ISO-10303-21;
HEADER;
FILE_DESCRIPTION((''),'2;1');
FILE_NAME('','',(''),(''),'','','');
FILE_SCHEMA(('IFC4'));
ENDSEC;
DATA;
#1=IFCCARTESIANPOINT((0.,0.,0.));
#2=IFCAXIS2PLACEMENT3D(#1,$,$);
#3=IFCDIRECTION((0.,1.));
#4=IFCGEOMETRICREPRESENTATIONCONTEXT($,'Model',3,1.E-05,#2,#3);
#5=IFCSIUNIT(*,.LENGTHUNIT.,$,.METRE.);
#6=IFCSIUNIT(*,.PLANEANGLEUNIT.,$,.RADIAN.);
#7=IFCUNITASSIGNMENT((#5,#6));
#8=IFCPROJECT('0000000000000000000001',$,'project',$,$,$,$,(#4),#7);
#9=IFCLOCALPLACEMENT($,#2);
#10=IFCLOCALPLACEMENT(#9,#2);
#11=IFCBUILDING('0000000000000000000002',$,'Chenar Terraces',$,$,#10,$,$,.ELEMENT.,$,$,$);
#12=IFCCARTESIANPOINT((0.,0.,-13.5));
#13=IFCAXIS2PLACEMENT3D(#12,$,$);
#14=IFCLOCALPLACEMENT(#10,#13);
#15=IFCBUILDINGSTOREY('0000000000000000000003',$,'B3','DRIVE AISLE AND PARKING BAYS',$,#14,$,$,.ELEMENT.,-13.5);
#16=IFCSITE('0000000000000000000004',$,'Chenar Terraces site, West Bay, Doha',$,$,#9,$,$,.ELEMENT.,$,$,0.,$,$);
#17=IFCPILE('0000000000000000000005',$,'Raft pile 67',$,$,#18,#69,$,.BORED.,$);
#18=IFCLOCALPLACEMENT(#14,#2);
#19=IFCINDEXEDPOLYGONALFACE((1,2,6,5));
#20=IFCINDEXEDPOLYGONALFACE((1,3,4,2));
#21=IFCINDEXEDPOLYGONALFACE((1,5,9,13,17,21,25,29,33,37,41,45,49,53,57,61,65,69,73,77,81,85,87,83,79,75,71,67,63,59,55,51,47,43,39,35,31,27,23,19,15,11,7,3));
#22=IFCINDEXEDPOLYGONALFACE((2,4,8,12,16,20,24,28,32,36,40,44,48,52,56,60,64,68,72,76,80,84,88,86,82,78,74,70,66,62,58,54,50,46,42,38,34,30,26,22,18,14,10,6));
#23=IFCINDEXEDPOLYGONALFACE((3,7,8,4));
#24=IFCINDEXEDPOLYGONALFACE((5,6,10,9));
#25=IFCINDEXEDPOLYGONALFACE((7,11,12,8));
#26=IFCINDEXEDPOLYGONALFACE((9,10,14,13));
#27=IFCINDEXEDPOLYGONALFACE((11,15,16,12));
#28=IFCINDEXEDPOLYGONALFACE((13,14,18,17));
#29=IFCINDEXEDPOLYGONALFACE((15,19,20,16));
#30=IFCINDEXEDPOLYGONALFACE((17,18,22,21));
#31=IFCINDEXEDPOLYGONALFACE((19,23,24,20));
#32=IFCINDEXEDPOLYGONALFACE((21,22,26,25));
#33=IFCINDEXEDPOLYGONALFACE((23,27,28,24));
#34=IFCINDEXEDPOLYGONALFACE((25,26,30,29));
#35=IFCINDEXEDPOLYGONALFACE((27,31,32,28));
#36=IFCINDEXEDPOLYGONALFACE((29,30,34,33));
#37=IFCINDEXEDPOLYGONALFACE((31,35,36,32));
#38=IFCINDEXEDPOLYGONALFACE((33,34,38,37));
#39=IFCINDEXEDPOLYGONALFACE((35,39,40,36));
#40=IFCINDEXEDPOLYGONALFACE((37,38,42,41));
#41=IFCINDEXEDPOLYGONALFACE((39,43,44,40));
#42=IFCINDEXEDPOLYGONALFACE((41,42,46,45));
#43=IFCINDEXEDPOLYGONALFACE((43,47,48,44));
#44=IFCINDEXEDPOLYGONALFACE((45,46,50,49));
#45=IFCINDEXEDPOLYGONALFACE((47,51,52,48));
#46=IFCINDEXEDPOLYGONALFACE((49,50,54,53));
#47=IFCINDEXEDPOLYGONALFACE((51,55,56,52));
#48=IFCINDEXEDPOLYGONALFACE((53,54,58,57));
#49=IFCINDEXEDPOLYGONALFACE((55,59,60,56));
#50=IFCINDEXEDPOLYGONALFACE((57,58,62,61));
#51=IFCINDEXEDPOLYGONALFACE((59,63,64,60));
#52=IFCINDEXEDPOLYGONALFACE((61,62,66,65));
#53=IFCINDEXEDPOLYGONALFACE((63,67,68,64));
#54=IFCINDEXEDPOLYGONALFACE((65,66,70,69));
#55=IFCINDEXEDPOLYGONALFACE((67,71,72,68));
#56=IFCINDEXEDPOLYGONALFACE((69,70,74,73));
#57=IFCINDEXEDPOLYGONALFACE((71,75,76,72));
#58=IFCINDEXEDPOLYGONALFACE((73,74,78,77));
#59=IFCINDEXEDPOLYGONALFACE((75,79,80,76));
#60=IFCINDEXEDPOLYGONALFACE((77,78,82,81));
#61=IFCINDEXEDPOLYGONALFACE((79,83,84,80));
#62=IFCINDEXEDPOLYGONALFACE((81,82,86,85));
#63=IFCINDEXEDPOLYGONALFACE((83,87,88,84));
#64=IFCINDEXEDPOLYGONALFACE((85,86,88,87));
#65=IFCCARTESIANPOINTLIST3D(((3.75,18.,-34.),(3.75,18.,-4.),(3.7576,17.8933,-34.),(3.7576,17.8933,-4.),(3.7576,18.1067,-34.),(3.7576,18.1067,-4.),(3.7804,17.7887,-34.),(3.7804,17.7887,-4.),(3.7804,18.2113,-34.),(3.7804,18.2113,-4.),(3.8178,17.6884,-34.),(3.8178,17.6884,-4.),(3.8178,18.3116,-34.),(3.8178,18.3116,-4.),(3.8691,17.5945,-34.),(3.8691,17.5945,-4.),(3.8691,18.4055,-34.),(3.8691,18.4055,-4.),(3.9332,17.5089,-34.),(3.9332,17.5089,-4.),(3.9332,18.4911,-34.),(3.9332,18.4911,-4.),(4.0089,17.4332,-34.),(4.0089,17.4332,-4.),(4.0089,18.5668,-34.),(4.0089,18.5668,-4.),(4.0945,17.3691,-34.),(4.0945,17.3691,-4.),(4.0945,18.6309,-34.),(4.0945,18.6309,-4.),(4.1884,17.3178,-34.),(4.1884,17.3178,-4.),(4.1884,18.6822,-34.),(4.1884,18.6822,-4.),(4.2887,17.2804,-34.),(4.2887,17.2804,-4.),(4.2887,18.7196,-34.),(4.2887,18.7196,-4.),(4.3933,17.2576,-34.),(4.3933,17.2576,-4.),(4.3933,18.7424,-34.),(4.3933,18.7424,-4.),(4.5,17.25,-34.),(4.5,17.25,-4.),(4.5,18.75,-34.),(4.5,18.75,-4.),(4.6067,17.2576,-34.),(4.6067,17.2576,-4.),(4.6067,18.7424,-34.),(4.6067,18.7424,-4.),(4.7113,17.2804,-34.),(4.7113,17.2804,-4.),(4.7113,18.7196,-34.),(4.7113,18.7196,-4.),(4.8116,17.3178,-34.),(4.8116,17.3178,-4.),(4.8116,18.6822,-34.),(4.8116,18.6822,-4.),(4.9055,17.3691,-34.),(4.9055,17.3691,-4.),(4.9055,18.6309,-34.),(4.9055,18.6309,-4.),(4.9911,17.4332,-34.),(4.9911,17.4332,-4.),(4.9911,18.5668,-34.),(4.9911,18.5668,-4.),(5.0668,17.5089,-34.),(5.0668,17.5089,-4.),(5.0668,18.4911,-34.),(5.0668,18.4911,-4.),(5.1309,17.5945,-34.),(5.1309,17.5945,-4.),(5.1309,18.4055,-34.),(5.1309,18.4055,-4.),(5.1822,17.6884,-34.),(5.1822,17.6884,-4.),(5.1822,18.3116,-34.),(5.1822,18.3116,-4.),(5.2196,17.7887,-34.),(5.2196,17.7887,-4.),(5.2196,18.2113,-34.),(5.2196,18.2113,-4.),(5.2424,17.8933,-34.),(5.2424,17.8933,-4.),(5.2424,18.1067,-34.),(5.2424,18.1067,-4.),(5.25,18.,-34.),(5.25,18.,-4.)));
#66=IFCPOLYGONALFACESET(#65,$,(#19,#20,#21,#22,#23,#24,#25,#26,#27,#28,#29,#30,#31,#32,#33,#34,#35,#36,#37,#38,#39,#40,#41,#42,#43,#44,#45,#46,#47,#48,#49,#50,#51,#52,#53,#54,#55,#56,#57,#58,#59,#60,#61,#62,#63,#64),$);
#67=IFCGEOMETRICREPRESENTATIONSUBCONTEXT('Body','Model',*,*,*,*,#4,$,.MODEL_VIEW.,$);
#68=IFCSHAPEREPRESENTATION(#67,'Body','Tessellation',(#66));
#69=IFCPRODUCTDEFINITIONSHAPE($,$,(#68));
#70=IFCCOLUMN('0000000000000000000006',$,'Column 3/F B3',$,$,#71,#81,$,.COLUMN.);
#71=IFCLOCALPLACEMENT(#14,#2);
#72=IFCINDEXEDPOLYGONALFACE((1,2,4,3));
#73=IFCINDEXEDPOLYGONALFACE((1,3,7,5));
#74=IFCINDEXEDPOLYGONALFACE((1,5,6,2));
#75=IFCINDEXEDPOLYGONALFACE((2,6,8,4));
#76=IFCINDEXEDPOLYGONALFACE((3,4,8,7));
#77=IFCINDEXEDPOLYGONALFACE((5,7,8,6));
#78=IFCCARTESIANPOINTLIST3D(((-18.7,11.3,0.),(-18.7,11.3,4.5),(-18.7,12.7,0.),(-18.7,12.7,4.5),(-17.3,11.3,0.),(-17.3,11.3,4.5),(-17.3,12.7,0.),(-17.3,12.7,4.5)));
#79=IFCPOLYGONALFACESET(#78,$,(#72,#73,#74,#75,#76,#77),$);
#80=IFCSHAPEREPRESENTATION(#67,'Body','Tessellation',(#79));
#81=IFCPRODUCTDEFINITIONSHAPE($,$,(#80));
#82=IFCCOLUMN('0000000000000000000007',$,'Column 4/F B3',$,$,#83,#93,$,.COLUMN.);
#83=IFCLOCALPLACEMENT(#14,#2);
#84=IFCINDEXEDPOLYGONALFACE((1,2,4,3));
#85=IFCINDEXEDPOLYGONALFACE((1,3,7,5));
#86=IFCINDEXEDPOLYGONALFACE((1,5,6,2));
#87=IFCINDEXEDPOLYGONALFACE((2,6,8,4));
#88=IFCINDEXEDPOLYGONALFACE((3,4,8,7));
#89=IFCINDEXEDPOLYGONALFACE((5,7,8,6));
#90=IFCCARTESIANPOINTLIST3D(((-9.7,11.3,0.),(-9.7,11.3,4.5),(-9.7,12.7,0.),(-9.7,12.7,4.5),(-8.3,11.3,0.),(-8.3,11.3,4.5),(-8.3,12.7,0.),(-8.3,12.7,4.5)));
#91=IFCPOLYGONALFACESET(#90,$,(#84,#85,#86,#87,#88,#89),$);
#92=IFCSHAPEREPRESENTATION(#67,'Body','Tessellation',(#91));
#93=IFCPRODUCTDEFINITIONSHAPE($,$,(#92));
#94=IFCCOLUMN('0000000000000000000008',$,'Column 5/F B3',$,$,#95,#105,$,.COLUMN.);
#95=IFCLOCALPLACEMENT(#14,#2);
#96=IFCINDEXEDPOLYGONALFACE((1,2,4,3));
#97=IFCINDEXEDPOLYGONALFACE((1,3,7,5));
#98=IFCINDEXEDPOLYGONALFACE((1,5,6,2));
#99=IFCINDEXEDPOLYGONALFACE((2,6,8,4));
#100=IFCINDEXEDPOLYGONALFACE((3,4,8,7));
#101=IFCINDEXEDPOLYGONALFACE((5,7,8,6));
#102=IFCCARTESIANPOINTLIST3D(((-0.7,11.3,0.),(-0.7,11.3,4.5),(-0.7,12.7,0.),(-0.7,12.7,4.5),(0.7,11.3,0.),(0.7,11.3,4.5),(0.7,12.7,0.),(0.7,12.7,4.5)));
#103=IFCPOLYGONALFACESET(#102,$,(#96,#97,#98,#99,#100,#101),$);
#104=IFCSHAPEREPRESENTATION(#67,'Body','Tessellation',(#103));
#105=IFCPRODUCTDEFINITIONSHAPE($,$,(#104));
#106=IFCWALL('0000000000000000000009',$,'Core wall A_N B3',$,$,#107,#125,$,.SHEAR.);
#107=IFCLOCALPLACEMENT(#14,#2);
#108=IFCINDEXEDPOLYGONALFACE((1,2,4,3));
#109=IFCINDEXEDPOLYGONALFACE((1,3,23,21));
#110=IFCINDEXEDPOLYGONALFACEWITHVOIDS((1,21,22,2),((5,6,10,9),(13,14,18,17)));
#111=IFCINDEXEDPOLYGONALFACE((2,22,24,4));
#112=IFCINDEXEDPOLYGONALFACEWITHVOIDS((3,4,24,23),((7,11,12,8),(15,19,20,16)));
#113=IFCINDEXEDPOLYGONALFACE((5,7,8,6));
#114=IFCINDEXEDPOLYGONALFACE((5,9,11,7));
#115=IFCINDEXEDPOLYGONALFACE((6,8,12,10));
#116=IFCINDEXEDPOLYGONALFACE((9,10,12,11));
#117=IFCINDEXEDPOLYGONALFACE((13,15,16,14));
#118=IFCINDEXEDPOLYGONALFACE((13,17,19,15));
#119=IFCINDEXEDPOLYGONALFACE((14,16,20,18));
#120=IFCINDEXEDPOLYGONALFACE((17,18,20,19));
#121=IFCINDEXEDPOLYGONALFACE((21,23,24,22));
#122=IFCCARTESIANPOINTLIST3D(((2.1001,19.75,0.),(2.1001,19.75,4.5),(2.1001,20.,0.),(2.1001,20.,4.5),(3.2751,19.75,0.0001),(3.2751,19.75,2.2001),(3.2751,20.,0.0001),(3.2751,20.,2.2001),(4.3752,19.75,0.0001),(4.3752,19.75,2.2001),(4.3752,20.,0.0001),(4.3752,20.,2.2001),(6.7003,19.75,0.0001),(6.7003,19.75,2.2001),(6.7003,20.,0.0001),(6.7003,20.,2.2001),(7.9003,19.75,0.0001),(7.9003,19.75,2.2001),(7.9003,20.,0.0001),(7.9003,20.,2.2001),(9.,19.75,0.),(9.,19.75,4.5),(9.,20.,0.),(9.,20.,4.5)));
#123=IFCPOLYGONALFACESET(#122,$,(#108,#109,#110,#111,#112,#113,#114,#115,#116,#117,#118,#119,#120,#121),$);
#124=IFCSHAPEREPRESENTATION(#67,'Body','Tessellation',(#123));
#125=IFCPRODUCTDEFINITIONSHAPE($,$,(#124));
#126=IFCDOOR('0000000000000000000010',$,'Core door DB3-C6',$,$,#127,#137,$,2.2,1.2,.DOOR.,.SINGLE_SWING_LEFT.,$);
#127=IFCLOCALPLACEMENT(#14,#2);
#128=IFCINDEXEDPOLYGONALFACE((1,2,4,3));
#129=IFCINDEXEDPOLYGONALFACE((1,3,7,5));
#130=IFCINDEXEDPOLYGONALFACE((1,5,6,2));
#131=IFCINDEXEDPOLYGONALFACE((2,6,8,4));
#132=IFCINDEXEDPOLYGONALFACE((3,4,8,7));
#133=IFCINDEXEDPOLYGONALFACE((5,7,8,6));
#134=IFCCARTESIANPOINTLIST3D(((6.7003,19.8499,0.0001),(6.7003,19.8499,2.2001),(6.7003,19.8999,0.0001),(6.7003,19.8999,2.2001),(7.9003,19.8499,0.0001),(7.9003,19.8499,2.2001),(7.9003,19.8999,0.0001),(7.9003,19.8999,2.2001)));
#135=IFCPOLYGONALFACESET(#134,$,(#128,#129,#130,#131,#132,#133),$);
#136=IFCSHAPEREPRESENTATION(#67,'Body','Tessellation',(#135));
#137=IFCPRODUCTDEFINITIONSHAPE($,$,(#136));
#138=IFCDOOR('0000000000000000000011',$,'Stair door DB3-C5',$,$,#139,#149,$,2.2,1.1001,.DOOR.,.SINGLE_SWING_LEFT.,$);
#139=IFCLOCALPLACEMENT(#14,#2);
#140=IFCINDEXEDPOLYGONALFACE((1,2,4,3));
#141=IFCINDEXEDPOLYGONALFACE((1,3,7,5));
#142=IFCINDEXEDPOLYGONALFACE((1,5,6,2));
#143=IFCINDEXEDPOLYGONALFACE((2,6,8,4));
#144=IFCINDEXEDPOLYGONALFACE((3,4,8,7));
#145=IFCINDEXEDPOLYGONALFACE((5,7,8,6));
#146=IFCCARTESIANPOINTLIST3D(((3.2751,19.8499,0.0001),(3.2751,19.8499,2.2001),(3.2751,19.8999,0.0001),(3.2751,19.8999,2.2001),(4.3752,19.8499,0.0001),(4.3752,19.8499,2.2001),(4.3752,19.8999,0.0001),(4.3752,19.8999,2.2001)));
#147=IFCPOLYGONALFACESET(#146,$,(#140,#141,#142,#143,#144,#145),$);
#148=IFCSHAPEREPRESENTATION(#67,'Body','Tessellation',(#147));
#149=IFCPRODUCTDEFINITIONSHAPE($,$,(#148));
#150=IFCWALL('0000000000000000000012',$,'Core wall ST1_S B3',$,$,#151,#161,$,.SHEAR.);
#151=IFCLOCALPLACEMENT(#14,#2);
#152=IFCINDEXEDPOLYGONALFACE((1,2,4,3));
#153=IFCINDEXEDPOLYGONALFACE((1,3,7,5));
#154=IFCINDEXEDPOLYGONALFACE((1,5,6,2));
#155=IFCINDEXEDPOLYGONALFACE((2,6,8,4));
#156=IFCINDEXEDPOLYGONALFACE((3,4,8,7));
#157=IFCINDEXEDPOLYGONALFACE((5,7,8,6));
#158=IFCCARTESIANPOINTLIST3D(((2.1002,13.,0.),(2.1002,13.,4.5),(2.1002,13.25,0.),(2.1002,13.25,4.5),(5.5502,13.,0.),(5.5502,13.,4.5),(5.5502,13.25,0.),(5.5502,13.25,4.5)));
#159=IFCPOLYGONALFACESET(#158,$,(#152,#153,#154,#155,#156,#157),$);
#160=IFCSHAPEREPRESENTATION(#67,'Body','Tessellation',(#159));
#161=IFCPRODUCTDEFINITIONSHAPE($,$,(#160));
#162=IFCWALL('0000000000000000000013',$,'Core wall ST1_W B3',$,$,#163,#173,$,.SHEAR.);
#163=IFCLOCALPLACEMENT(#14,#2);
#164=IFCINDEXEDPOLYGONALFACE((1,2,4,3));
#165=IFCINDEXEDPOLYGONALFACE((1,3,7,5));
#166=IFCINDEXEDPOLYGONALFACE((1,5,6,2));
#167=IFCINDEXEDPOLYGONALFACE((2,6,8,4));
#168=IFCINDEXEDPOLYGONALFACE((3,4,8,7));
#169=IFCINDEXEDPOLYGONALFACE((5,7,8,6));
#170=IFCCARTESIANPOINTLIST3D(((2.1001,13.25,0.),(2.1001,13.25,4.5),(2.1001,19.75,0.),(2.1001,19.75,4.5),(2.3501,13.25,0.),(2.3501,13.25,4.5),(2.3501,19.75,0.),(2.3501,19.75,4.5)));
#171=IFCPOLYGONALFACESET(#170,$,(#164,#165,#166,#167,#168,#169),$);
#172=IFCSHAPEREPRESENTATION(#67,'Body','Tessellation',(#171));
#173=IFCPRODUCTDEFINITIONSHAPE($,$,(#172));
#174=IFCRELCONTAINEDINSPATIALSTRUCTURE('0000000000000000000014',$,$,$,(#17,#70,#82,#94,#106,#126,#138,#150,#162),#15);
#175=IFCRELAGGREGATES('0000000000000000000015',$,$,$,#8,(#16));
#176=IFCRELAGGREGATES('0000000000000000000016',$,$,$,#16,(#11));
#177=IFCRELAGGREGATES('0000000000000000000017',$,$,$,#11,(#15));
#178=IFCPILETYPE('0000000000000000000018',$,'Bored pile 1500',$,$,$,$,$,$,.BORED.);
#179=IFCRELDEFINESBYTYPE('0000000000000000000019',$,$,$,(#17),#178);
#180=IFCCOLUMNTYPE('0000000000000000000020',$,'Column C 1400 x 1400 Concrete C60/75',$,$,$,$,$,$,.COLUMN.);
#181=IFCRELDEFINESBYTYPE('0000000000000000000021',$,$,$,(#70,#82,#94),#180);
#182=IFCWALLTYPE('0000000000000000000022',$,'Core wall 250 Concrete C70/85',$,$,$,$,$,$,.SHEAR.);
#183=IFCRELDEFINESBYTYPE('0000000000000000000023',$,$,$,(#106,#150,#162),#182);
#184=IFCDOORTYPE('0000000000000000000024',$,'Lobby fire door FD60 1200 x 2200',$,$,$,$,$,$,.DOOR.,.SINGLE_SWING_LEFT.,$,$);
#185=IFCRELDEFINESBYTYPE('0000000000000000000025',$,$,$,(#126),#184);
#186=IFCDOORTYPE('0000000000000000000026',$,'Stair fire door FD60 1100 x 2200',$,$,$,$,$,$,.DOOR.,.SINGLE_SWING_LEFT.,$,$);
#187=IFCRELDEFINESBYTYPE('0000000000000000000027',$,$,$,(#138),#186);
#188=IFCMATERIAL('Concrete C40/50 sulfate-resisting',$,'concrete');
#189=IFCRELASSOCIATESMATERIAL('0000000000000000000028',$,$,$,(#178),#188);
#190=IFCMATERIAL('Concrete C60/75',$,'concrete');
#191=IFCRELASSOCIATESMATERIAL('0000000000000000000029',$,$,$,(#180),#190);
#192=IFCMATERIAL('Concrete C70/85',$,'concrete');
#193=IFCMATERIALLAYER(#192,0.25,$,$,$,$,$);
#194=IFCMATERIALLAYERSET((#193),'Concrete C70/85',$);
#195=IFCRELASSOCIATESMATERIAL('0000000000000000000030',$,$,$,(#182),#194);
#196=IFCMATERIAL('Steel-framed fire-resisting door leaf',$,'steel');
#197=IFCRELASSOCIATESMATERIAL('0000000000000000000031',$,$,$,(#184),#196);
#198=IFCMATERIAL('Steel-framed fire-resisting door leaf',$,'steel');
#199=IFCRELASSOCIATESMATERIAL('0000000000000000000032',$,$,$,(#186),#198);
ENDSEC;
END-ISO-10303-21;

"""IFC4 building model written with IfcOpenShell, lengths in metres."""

from ifc_helpers import new_model, si_unit, direction, frame, frame_2d, origin, origin_2d, place, context, subcontext, project, spatial, rectangle, circle, extrude, material, layer, layer_set, material_profile, profile_set, type_object, element, fill, save


model = new_model("IFC4")

# Units and contexts
model_context = context("Model", 3, precision=1e-05, world=origin(), true_north=direction((0.0, 1.0)))
body_context = subcontext(model_context, "Body", "Model", "MODEL_VIEW")
ifc_project = project(units=[si_unit("LENGTHUNIT", "METRE"), si_unit("PLANEANGLEUNIT", "RADIAN")], contexts=[model_context])

# Site, building, storey
site_placement = place(None, origin())
site = spatial("IfcSite", under=ifc_project, at=site_placement, Name="Chenar Terraces site, West Bay, Doha", CompositionType="ELEMENT", RefElevation=0.0)
building_placement = place(site_placement, origin())
building = spatial("IfcBuilding", under=site, at=building_placement, Name="Chenar Terraces", CompositionType="ELEMENT")
storey_placement = place(building_placement, frame((0.0, 0.0, -13.5)))
storey = spatial("IfcBuildingStorey", under=building, at=storey_placement, Name="B3", Description="DRIVE AISLE AND PARKING BAYS", CompositionType="ELEMENT", Elevation=-13.5)

# Pile
ifc_material_1 = material(Name="Concrete C40/50 sulfate-resisting", Category="concrete")
ifc_material_profile_1 = material_profile(ifc_material_1, circle(Radius=0.75, at=origin_2d()), Name="BP 1500")
ifc_profile_set_1 = profile_set([ifc_material_profile_1], Name="Concrete C40/50 sulfate-resisting")
pile_type_1 = type_object("IfcPileType", Name="Bored pile 1500", PredefinedType="BORED", material=ifc_profile_set_1)
pile_1_placement = place(storey_placement, frame((4.5, 18.0, -4.0), z_axis=(0.0, 0.0, -1.0), x_axis=(1.0, 0.0, 0.0)))
element("IfcPile", 1, at=pile_1_placement, inside=storey, type_object=pile_type_1, Name="Raft pile 67", PredefinedType="BORED", context=body_context, shape_type="SweptSolid", body=[
    extrude(circle(Radius=0.75, at=origin_2d()), origin(), (0.0, 0.0, 1.0), 30.0),
])

# Columns
ifc_material_2 = material(Name="Concrete C60/75", Category="concrete")
ifc_material_profile_2 = material_profile(ifc_material_2, rectangle(XDim=1.3999, YDim=1.3999, at=origin_2d()), Name="C 1400 x 1400")
ifc_profile_set_2 = profile_set([ifc_material_profile_2], Name="Concrete C60/75")
column_type = type_object("IfcColumnType", Name="Column C 1400 x 1400 Concrete C60/75", PredefinedType="COLUMN", material=ifc_profile_set_2)
for number, where, z_axis, x_axis, name in (
    (2, (-18.0, 12.0, 0.0), (0.0, 0.0, 1.0), (1.0, 0.0, 0.0), "Column 3/F B3"),
    (3, (-9.0, 12.0, 0.0), (0.0, 0.0, 1.0), (1.0, 0.0, 0.0), "Column 4/F B3"),
    (4, (0.0, 12.0, 0.0), (0.0, 0.0, 1.0), (1.0, 0.0, 0.0), "Column 5/F B3"),
):
    element("IfcColumn", number, at=place(storey_placement, frame(where, z_axis=z_axis, x_axis=x_axis)), inside=storey, type_object=column_type, Name=name, PredefinedType="COLUMN", context=body_context, shape_type="SweptSolid", body=[
        extrude(rectangle(XDim=1.3999, YDim=1.3999, at=origin_2d()), origin(), (0.0, 0.0, 1.0), 4.5),
    ])

# Wall, openings, doors
ifc_material_3 = material(Name="Concrete C70/85", Category="concrete")
ifc_layer = layer(ifc_material_3, 0.25)
ifc_layer_set = layer_set([ifc_layer], Name="Concrete C70/85")
wall_type = type_object("IfcWallType", Name="Core wall 250 Concrete C70/85", PredefinedType="SHEAR", material=ifc_layer_set)
wall_1_placement = place(storey_placement, frame((2.1001, 19.875, 0.0), z_axis=(0.0, 0.0, 1.0), x_axis=(1.0, 0.0, 0.0)))
wall_1 = element("IfcWall", 5, at=wall_1_placement, inside=storey, type_object=wall_type, Name="Core wall A_N B3", PredefinedType="SHEAR", context=body_context, shape_type="SweptSolid", body=[
    extrude(rectangle(XDim=6.8999, YDim=0.25, at=frame_2d((3.45, 0.0))), origin(), (0.0, 0.0, 1.0), 4.5),
])
opening_1_placement = place(wall_1_placement, frame((1.175, 0.0, 0.0)))
opening_1 = element("IfcOpeningElement", 6, at=opening_1_placement, cuts=wall_1, PredefinedType="OPENING", context=body_context, shape_type="SweptSolid", body=[
    extrude(rectangle(XDim=1.1001, YDim=2.2, at=frame_2d((0.55, 1.1001))), frame((0.0, 0.135, 0.0), z_axis=(0.0, -1.0, 0.0), x_axis=(1.0, 0.0, 0.0)), (0.0, 0.0, 1.0), 0.27),
])
opening_2_placement = place(wall_1_placement, frame((4.6001, 0.0, 0.0)))
opening_2 = element("IfcOpeningElement", 7, at=opening_2_placement, cuts=wall_1, PredefinedType="OPENING", context=body_context, shape_type="SweptSolid", body=[
    extrude(rectangle(XDim=1.2, YDim=2.2, at=frame_2d((0.6001, 1.1001))), frame((0.0, 0.135, 0.0), z_axis=(0.0, -1.0, 0.0), x_axis=(1.0, 0.0, 0.0)), (0.0, 0.0, 1.0), 0.27),
])
ifc_material_4 = material(Name="Steel-framed fire-resisting door leaf", Category="steel")
door_type_1 = type_object("IfcDoorType", Name="Lobby fire door FD60 1200 x 2200", OperationType="SINGLE_SWING_LEFT", PredefinedType="DOOR", material=ifc_material_4)
door_1_placement = place(opening_2_placement, origin())
door_1 = element("IfcDoor", 8, at=door_1_placement, inside=storey, type_object=door_type_1, Name="Core door DB3-C6", OperationType="SINGLE_SWING_LEFT", OverallHeight=2.2, OverallWidth=1.2, PredefinedType="DOOR", context=body_context, shape_type="SweptSolid", body=[
    extrude(rectangle(XDim=1.2, YDim=2.2, at=frame_2d((0.6001, 1.1001))), frame((0.0, 0.0249, 0.0), z_axis=(0.0, -1.0, 0.0), x_axis=(1.0, 0.0, 0.0)), (0.0, 0.0, 1.0), 0.05),
])
fill(opening_2, door_1)
ifc_material_5 = material(Name="Steel-framed fire-resisting door leaf", Category="steel")
door_type_2 = type_object("IfcDoorType", Name="Stair fire door FD60 1100 x 2200", OperationType="SINGLE_SWING_LEFT", PredefinedType="DOOR", material=ifc_material_5)
door_2_placement = place(opening_1_placement, origin())
door_2 = element("IfcDoor", 9, at=door_2_placement, inside=storey, type_object=door_type_2, Name="Stair door DB3-C5", OperationType="SINGLE_SWING_LEFT", OverallHeight=2.2, OverallWidth=1.1001, PredefinedType="DOOR", context=body_context, shape_type="SweptSolid", body=[
    extrude(rectangle(XDim=1.1001, YDim=2.2, at=frame_2d((0.55, 1.1001))), frame((0.0, 0.0249, 0.0), z_axis=(0.0, -1.0, 0.0), x_axis=(1.0, 0.0, 0.0)), (0.0, 0.0, 1.0), 0.05),
])
fill(opening_1, door_2)

# Walls
wall_2_placement = place(storey_placement, frame((2.1001, 13.125, 0.0), z_axis=(0.0, 0.0, 1.0), x_axis=(1.0, 0.0, 0.0)))
element("IfcWall", 10, at=wall_2_placement, inside=storey, type_object=wall_type, Name="Core wall ST1_S B3", PredefinedType="SHEAR", context=body_context, shape_type="SweptSolid", body=[
    extrude(rectangle(XDim=3.45, YDim=0.25, at=frame_2d((1.7251, 0.0))), origin(), (0.0, 0.0, 1.0), 4.5),
])
wall_3_placement = place(storey_placement, frame((2.2251, 13.25, 0.0), z_axis=(0.0, 0.0, 1.0), x_axis=(0.0, 1.0, 0.0)))
element("IfcWall", 11, at=wall_3_placement, inside=storey, type_object=wall_type, Name="Core wall ST1_W B3", PredefinedType="SHEAR", context=body_context, shape_type="SweptSolid", body=[
    extrude(rectangle(XDim=6.5, YDim=0.25, at=frame_2d((3.25, 0.0))), origin(), (0.0, 0.0, 1.0), 4.5),
])

save(model, "model.ifc")
